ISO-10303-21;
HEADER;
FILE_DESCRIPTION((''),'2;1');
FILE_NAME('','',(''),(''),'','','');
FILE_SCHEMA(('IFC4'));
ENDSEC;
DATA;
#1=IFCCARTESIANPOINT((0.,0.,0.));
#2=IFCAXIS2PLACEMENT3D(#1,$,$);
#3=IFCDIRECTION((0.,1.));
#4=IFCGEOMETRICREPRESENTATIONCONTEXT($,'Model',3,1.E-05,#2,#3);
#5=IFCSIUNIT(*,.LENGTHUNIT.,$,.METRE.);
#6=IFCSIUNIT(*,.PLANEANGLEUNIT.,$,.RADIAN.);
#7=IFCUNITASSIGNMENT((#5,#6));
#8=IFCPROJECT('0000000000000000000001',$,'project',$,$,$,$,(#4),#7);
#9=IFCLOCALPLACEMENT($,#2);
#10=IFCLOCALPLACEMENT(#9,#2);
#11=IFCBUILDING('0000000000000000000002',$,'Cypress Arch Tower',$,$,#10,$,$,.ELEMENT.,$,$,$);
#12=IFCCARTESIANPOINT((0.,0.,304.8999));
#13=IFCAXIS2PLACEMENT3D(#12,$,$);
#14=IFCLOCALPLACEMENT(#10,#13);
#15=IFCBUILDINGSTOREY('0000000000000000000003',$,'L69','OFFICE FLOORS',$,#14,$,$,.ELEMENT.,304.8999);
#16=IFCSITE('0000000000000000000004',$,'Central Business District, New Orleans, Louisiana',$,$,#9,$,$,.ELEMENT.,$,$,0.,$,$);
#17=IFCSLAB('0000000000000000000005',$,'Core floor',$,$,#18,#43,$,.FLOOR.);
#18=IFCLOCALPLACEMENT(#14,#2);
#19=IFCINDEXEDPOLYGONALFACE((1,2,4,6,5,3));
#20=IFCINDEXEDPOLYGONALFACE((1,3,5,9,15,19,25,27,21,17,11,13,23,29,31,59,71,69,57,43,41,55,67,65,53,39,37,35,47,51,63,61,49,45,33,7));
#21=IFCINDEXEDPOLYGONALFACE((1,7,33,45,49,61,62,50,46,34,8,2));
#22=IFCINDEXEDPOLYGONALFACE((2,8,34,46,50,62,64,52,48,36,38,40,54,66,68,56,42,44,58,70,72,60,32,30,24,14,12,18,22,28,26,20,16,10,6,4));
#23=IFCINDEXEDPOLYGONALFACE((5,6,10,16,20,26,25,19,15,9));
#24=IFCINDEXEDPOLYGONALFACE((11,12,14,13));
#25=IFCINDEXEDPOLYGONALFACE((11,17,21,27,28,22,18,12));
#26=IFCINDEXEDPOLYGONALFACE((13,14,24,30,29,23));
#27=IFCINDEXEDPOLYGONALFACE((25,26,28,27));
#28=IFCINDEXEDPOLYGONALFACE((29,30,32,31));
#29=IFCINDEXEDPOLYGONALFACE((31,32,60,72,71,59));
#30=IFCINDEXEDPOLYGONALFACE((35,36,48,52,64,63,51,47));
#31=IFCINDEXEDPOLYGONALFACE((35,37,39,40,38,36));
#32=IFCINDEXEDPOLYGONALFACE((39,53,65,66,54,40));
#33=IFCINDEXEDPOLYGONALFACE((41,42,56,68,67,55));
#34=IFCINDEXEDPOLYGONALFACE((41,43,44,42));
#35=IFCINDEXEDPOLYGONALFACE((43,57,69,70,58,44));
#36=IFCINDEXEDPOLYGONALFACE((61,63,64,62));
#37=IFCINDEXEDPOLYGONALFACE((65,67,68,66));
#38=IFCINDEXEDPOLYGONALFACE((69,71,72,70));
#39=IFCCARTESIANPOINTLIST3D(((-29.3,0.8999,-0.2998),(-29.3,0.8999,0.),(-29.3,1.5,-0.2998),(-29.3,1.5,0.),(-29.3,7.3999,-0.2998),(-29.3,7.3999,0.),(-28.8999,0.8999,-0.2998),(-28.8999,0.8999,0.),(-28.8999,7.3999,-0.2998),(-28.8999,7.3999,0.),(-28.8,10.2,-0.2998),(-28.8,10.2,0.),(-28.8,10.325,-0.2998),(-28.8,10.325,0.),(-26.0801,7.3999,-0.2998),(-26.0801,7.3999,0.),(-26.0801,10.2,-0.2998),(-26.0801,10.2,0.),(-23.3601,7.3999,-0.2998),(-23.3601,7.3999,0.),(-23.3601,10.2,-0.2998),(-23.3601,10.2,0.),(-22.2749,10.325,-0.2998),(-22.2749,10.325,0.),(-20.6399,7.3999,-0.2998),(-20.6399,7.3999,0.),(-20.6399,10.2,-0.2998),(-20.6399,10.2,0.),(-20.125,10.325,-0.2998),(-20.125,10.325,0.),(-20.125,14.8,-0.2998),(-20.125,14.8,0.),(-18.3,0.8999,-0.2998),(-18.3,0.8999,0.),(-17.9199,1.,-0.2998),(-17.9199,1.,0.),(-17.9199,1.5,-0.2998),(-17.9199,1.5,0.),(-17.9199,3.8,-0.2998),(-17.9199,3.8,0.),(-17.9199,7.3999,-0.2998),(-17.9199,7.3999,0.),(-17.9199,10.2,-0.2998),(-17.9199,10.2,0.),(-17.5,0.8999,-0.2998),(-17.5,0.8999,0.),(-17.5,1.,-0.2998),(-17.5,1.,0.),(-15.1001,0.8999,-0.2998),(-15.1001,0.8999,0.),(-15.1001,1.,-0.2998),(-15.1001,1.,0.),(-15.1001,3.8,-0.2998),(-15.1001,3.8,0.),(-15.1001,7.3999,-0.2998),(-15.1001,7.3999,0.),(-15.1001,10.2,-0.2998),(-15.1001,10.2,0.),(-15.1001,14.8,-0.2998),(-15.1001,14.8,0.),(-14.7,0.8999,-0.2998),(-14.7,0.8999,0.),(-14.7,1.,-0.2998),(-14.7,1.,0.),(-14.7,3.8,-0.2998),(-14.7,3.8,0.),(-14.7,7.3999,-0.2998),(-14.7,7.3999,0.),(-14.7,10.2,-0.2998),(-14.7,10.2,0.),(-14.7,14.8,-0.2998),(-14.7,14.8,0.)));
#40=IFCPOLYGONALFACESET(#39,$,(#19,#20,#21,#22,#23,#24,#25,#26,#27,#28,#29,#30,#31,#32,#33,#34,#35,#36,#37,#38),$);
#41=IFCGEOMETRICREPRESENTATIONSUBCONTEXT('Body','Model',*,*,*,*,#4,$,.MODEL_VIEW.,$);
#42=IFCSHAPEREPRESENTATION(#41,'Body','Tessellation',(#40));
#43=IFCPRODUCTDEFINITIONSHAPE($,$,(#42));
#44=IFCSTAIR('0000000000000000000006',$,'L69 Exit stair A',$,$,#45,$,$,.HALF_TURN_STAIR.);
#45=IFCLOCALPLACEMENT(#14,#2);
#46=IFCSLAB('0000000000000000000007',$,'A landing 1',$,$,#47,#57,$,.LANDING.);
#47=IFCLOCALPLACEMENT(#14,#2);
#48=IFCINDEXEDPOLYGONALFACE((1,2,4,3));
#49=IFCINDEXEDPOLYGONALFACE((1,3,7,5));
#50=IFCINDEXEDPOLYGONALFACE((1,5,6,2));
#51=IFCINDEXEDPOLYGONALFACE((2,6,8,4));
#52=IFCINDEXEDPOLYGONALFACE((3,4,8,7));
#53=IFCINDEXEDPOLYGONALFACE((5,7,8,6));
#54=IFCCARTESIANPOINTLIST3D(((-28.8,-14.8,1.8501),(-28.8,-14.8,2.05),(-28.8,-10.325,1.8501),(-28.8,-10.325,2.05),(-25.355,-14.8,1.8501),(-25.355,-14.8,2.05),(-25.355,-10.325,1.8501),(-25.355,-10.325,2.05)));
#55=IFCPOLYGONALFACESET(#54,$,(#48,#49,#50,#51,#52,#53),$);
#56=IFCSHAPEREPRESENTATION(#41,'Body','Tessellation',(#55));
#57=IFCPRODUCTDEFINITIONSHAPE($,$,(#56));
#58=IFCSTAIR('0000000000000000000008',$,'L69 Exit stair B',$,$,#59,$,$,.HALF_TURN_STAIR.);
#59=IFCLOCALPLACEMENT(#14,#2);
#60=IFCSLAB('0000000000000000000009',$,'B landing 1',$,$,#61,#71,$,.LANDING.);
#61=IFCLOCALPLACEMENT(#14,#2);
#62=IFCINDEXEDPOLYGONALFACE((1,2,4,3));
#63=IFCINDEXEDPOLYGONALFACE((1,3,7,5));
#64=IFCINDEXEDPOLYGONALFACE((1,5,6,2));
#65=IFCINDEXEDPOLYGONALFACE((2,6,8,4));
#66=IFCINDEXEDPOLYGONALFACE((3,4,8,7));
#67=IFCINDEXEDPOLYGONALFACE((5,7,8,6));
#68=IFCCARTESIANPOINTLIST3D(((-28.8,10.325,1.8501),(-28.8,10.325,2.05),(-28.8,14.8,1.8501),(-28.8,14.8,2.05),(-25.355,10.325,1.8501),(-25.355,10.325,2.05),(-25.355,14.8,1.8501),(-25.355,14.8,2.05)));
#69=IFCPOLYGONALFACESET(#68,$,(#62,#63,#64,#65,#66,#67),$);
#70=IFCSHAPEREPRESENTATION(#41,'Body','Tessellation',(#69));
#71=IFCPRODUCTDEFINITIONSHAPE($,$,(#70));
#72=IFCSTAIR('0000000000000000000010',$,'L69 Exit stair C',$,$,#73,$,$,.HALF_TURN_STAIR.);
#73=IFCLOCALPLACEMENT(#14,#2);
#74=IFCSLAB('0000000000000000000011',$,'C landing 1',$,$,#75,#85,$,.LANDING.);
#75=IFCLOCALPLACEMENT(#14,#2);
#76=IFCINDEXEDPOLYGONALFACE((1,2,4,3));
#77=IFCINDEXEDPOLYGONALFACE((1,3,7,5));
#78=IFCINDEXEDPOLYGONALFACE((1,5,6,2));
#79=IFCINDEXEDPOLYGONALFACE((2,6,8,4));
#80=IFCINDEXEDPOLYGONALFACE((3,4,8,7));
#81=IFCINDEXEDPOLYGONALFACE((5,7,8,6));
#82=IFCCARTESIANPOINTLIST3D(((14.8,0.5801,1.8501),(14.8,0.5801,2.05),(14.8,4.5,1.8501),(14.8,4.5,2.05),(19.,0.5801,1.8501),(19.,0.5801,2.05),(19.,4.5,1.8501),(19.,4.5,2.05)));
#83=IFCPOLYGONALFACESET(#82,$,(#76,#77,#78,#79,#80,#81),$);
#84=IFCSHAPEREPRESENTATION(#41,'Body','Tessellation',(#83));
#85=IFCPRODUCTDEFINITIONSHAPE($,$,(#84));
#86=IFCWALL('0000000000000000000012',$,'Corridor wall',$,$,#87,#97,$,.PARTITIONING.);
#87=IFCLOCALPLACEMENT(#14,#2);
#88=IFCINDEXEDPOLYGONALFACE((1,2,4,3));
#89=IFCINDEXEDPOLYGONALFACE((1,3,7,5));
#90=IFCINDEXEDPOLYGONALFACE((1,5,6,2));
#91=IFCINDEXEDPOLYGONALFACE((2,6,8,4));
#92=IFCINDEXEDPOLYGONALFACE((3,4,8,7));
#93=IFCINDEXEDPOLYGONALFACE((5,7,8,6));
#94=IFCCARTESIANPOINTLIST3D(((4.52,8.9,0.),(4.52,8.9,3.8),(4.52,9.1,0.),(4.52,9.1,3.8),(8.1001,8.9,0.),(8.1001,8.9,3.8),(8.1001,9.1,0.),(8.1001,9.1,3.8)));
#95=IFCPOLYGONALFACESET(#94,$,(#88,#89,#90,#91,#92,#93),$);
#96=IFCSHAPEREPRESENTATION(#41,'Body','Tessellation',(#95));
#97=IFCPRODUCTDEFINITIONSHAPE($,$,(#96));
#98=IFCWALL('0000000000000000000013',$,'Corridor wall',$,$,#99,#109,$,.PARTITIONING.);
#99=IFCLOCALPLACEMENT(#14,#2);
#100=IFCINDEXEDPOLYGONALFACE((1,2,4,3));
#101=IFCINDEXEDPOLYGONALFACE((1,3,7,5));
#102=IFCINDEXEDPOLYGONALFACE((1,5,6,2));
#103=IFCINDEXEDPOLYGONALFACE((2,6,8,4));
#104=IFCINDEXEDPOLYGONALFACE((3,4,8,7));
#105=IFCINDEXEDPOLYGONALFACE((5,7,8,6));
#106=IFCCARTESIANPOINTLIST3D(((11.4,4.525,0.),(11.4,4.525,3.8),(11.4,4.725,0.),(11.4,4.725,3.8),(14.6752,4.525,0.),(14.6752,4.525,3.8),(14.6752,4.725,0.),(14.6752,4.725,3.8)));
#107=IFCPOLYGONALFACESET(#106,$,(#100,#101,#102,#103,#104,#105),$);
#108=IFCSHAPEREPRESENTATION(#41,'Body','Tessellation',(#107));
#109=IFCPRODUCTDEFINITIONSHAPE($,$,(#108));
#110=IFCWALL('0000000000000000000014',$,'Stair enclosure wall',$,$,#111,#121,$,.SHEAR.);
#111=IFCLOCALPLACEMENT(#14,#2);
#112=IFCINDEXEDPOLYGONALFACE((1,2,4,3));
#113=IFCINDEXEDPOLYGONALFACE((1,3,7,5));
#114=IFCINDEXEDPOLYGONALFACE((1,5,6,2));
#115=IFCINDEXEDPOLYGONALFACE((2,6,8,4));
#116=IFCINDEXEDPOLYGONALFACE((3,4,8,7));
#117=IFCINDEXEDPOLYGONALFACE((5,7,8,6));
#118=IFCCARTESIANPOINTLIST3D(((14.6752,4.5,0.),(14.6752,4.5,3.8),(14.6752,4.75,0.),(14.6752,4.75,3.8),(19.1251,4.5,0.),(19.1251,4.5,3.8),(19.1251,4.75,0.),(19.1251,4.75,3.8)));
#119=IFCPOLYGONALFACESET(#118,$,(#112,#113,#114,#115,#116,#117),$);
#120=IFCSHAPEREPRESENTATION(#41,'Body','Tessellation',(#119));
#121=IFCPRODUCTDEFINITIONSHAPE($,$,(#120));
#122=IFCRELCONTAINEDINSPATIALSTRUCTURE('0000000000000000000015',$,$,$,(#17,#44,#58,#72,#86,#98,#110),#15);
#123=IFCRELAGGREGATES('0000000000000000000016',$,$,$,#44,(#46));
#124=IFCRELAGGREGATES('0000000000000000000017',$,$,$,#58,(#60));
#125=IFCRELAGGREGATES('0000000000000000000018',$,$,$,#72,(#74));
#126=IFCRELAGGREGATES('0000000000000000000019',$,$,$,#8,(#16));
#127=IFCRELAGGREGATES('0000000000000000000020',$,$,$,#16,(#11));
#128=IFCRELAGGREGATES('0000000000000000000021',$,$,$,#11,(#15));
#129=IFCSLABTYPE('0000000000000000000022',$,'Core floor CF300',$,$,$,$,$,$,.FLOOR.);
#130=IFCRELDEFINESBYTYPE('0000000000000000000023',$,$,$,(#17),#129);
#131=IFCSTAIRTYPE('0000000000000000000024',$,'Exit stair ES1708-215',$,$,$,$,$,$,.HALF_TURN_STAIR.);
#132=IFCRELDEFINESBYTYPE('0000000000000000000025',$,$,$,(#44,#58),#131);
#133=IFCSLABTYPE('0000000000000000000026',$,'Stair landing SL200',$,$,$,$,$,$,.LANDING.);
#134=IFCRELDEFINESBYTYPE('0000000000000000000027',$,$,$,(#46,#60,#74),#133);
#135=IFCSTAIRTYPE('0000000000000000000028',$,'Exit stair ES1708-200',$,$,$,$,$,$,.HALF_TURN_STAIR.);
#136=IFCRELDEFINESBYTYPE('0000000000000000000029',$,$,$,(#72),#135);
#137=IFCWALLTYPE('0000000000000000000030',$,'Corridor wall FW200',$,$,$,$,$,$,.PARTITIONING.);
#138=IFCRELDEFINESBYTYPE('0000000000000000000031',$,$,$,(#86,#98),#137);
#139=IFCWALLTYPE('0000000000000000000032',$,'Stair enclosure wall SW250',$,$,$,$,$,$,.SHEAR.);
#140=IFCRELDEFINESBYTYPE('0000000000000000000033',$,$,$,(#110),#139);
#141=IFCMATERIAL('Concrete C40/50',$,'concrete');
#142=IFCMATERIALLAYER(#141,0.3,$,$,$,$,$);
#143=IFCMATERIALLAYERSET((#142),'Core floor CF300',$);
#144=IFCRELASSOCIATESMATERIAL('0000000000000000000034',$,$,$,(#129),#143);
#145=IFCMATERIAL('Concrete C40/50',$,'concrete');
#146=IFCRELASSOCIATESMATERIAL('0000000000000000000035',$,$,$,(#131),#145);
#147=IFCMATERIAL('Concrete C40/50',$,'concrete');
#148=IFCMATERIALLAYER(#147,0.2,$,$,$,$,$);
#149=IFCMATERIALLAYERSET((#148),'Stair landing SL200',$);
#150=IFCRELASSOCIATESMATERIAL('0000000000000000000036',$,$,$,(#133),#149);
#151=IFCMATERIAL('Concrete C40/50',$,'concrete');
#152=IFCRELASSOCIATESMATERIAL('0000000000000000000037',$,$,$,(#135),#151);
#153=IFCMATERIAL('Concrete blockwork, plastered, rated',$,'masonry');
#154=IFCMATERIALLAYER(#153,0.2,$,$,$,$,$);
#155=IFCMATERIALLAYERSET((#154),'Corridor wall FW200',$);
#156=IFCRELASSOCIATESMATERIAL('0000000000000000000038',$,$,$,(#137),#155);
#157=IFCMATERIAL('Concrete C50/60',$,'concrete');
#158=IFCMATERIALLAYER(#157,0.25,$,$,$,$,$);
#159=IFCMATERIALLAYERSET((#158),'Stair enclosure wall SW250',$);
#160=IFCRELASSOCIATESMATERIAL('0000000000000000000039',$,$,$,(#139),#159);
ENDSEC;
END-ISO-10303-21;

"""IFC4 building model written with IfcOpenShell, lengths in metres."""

from ifc_helpers import new_model, si_unit, direction, frame, frame_2d, origin, place, context, subcontext, project, spatial, polyline, rectangle, outline, extrude, material, layer, layer_set, type_object, element, aggregate, save


model = new_model("IFC4")

# Units and contexts
model_context = context("Model", 3, precision=1e-05, world=origin(), true_north=direction((0.0, 1.0)))
body_context = subcontext(model_context, "Body", "Model", "MODEL_VIEW")
ifc_project = project(units=[si_unit("LENGTHUNIT", "METRE"), si_unit("PLANEANGLEUNIT", "RADIAN")], contexts=[model_context])

# Site, building, storey
site_placement = place(None, origin())
site = spatial("IfcSite", under=ifc_project, at=site_placement, Name="Central Business District, New Orleans, Louisiana", CompositionType="ELEMENT", RefElevation=0.0)
building_placement = place(site_placement, origin())
building = spatial("IfcBuilding", under=site, at=building_placement, Name="Cypress Arch Tower", CompositionType="ELEMENT")
storey_placement = place(building_placement, frame((0.0, 0.0, 304.8999)))
storey = spatial("IfcBuildingStorey", under=building, at=storey_placement, Name="L69", Description="OFFICE FLOORS", CompositionType="ELEMENT", Elevation=304.8999)

# Slab
ifc_material_1 = material(Name="Concrete C40/50", Category="concrete")
ifc_layer_1 = layer(ifc_material_1, 0.3)
ifc_layer_set_1 = layer_set([ifc_layer_1], Name="Core floor CF300")
slab_type_1 = type_object("IfcSlabType", Name="Core floor CF300", PredefinedType="FLOOR", material=ifc_layer_set_1)
slab_1_placement = place(storey_placement, frame((0.0, 0.0, -0.2998)))
element("IfcSlab", 1, at=slab_1_placement, inside=storey, type_object=slab_type_1, Name="Core floor", PredefinedType="FLOOR", context=body_context, shape_type="SweptSolid", body=[
    extrude(outline(polyline([(-20.6399, 10.2), (-23.3601, 10.2), (-26.0801, 10.2), (-28.8, 10.2), (-28.8, 10.325), (-22.2749, 10.325), (-20.125, 10.325), (-20.125, 14.8), (-15.1001, 14.8), (-14.7, 14.8), (-14.7, 10.2), (-15.1001, 10.2), (-17.9199, 10.2), (-17.9199, 7.3999), (-15.1001, 7.3999), (-14.7, 7.3999), (-14.7, 3.8), (-15.1001, 3.8), (-17.9199, 3.8), (-17.9199, 1.5), (-17.9199, 1.0), (-17.5, 1.0), (-15.1001, 1.0), (-14.7, 1.0), (-14.7, 0.8999), (-15.1001, 0.8999), (-17.5, 0.8999), (-18.3, 0.8999), (-28.8999, 0.8999), (-29.3, 0.8999), (-29.3, 1.5), (-29.3, 7.3999), (-28.8999, 7.3999), (-26.0801, 7.3999), (-23.3601, 7.3999), (-20.6399, 7.3999), (-20.6399, 10.2)])), origin(), (0.0, 0.0, 1.0), 0.2998),
])

# Stairs, slabs
ifc_material_2 = material(Name="Concrete C40/50", Category="concrete")
stair_type_1 = type_object("IfcStairType", Name="Exit stair ES1708-215", PredefinedType="HALF_TURN_STAIR", material=ifc_material_2)
stair_1_placement = place(storey_placement, origin())
stair_1 = element("IfcStair", 2, at=stair_1_placement, inside=storey, type_object=stair_type_1, Name="L69 Exit stair A", PredefinedType="HALF_TURN_STAIR")
ifc_material_3 = material(Name="Concrete C40/50", Category="concrete")
ifc_layer_2 = layer(ifc_material_3, 0.2)
ifc_layer_set_2 = layer_set([ifc_layer_2], Name="Stair landing SL200")
slab_type_2 = type_object("IfcSlabType", Name="Stair landing SL200", PredefinedType="LANDING", material=ifc_layer_set_2)
slab_2_placement = place(storey_placement, frame((0.0, 0.0, 1.8501)))
slab_2 = element("IfcSlab", 3, at=slab_2_placement, type_object=slab_type_2, Name="A landing 1", PredefinedType="LANDING", context=body_context, shape_type="SweptSolid", body=[
    extrude(outline(polyline([(-25.355, -10.325), (-28.8, -10.325), (-28.8, -14.8), (-25.355, -14.8), (-25.355, -10.325)])), origin(), (0.0, 0.0, 1.0), 0.2),
])
aggregate(stair_1, [slab_2])
stair_2_placement = place(storey_placement, origin())
stair_2 = element("IfcStair", 4, at=stair_2_placement, inside=storey, type_object=stair_type_1, Name="L69 Exit stair B", PredefinedType="HALF_TURN_STAIR")
slab_3_placement = place(storey_placement, frame((0.0, 0.0, 1.8501)))
slab_3 = element("IfcSlab", 5, at=slab_3_placement, type_object=slab_type_2, Name="B landing 1", PredefinedType="LANDING", context=body_context, shape_type="SweptSolid", body=[
    extrude(outline(polyline([(-25.355, 14.8), (-28.8, 14.8), (-28.8, 10.325), (-25.355, 10.325), (-25.355, 14.8)])), origin(), (0.0, 0.0, 1.0), 0.2),
])
aggregate(stair_2, [slab_3])
ifc_material_4 = material(Name="Concrete C40/50", Category="concrete")
stair_type_2 = type_object("IfcStairType", Name="Exit stair ES1708-200", PredefinedType="HALF_TURN_STAIR", material=ifc_material_4)
stair_3_placement = place(storey_placement, origin())
stair_3 = element("IfcStair", 6, at=stair_3_placement, inside=storey, type_object=stair_type_2, Name="L69 Exit stair C", PredefinedType="HALF_TURN_STAIR")
slab_4_placement = place(storey_placement, frame((0.0, 0.0, 1.8501)))
slab_4 = element("IfcSlab", 7, at=slab_4_placement, type_object=slab_type_2, Name="C landing 1", PredefinedType="LANDING", context=body_context, shape_type="SweptSolid", body=[
    extrude(outline(polyline([(19.0, 0.5801), (19.0, 4.5), (14.8, 4.5), (14.8, 0.5801), (19.0, 0.5801)])), origin(), (0.0, 0.0, 1.0), 0.2),
])
aggregate(stair_3, [slab_4])

# Walls
ifc_material_5 = material(Name="Concrete blockwork, plastered, rated", Category="masonry")
ifc_layer_3 = layer(ifc_material_5, 0.2)
ifc_layer_set_3 = layer_set([ifc_layer_3], Name="Corridor wall FW200")
wall_type_1 = type_object("IfcWallType", Name="Corridor wall FW200", PredefinedType="PARTITIONING", material=ifc_layer_set_3)
wall_1_placement = place(storey_placement, frame((4.52, 9.0, 0.0), z_axis=(0.0, 0.0, 1.0), x_axis=(1.0, 0.0, 0.0)))
element("IfcWall", 8, at=wall_1_placement, inside=storey, type_object=wall_type_1, Name="Corridor wall", PredefinedType="PARTITIONING", context=body_context, shape_type="SweptSolid", body=[
    extrude(rectangle(XDim=3.5801, YDim=0.2, at=frame_2d((1.79, 0.0))), origin(), (0.0, 0.0, 1.0), 3.8),
])
wall_2_placement = place(storey_placement, frame((11.3999, 4.625, 0.0), z_axis=(0.0, 0.0, 1.0), x_axis=(1.0, 0.0, 0.0)))
element("IfcWall", 9, at=wall_2_placement, inside=storey, type_object=wall_type_1, Name="Corridor wall", PredefinedType="PARTITIONING", context=body_context, shape_type="SweptSolid", body=[
    extrude(rectangle(XDim=3.2751, YDim=0.2, at=frame_2d((1.6377, 0.0))), origin(), (0.0, 0.0, 1.0), 3.8),
])
ifc_material_6 = material(Name="Concrete C50/60", Category="concrete")
ifc_layer_4 = layer(ifc_material_6, 0.25)
ifc_layer_set_4 = layer_set([ifc_layer_4], Name="Stair enclosure wall SW250")
wall_type_2 = type_object("IfcWallType", Name="Stair enclosure wall SW250", PredefinedType="SHEAR", material=ifc_layer_set_4)
wall_3_placement = place(storey_placement, frame((14.675, 4.625, 0.0), z_axis=(0.0, 0.0, 1.0), x_axis=(1.0, 0.0, 0.0)))
element("IfcWall", 10, at=wall_3_placement, inside=storey, type_object=wall_type_2, Name="Stair enclosure wall", PredefinedType="SHEAR", context=body_context, shape_type="SweptSolid", body=[
    extrude(rectangle(XDim=4.45, YDim=0.25, at=frame_2d((2.2251, 0.0))), origin(), (0.0, 0.0, 1.0), 3.8),
])

save(model, "model.ifc")
